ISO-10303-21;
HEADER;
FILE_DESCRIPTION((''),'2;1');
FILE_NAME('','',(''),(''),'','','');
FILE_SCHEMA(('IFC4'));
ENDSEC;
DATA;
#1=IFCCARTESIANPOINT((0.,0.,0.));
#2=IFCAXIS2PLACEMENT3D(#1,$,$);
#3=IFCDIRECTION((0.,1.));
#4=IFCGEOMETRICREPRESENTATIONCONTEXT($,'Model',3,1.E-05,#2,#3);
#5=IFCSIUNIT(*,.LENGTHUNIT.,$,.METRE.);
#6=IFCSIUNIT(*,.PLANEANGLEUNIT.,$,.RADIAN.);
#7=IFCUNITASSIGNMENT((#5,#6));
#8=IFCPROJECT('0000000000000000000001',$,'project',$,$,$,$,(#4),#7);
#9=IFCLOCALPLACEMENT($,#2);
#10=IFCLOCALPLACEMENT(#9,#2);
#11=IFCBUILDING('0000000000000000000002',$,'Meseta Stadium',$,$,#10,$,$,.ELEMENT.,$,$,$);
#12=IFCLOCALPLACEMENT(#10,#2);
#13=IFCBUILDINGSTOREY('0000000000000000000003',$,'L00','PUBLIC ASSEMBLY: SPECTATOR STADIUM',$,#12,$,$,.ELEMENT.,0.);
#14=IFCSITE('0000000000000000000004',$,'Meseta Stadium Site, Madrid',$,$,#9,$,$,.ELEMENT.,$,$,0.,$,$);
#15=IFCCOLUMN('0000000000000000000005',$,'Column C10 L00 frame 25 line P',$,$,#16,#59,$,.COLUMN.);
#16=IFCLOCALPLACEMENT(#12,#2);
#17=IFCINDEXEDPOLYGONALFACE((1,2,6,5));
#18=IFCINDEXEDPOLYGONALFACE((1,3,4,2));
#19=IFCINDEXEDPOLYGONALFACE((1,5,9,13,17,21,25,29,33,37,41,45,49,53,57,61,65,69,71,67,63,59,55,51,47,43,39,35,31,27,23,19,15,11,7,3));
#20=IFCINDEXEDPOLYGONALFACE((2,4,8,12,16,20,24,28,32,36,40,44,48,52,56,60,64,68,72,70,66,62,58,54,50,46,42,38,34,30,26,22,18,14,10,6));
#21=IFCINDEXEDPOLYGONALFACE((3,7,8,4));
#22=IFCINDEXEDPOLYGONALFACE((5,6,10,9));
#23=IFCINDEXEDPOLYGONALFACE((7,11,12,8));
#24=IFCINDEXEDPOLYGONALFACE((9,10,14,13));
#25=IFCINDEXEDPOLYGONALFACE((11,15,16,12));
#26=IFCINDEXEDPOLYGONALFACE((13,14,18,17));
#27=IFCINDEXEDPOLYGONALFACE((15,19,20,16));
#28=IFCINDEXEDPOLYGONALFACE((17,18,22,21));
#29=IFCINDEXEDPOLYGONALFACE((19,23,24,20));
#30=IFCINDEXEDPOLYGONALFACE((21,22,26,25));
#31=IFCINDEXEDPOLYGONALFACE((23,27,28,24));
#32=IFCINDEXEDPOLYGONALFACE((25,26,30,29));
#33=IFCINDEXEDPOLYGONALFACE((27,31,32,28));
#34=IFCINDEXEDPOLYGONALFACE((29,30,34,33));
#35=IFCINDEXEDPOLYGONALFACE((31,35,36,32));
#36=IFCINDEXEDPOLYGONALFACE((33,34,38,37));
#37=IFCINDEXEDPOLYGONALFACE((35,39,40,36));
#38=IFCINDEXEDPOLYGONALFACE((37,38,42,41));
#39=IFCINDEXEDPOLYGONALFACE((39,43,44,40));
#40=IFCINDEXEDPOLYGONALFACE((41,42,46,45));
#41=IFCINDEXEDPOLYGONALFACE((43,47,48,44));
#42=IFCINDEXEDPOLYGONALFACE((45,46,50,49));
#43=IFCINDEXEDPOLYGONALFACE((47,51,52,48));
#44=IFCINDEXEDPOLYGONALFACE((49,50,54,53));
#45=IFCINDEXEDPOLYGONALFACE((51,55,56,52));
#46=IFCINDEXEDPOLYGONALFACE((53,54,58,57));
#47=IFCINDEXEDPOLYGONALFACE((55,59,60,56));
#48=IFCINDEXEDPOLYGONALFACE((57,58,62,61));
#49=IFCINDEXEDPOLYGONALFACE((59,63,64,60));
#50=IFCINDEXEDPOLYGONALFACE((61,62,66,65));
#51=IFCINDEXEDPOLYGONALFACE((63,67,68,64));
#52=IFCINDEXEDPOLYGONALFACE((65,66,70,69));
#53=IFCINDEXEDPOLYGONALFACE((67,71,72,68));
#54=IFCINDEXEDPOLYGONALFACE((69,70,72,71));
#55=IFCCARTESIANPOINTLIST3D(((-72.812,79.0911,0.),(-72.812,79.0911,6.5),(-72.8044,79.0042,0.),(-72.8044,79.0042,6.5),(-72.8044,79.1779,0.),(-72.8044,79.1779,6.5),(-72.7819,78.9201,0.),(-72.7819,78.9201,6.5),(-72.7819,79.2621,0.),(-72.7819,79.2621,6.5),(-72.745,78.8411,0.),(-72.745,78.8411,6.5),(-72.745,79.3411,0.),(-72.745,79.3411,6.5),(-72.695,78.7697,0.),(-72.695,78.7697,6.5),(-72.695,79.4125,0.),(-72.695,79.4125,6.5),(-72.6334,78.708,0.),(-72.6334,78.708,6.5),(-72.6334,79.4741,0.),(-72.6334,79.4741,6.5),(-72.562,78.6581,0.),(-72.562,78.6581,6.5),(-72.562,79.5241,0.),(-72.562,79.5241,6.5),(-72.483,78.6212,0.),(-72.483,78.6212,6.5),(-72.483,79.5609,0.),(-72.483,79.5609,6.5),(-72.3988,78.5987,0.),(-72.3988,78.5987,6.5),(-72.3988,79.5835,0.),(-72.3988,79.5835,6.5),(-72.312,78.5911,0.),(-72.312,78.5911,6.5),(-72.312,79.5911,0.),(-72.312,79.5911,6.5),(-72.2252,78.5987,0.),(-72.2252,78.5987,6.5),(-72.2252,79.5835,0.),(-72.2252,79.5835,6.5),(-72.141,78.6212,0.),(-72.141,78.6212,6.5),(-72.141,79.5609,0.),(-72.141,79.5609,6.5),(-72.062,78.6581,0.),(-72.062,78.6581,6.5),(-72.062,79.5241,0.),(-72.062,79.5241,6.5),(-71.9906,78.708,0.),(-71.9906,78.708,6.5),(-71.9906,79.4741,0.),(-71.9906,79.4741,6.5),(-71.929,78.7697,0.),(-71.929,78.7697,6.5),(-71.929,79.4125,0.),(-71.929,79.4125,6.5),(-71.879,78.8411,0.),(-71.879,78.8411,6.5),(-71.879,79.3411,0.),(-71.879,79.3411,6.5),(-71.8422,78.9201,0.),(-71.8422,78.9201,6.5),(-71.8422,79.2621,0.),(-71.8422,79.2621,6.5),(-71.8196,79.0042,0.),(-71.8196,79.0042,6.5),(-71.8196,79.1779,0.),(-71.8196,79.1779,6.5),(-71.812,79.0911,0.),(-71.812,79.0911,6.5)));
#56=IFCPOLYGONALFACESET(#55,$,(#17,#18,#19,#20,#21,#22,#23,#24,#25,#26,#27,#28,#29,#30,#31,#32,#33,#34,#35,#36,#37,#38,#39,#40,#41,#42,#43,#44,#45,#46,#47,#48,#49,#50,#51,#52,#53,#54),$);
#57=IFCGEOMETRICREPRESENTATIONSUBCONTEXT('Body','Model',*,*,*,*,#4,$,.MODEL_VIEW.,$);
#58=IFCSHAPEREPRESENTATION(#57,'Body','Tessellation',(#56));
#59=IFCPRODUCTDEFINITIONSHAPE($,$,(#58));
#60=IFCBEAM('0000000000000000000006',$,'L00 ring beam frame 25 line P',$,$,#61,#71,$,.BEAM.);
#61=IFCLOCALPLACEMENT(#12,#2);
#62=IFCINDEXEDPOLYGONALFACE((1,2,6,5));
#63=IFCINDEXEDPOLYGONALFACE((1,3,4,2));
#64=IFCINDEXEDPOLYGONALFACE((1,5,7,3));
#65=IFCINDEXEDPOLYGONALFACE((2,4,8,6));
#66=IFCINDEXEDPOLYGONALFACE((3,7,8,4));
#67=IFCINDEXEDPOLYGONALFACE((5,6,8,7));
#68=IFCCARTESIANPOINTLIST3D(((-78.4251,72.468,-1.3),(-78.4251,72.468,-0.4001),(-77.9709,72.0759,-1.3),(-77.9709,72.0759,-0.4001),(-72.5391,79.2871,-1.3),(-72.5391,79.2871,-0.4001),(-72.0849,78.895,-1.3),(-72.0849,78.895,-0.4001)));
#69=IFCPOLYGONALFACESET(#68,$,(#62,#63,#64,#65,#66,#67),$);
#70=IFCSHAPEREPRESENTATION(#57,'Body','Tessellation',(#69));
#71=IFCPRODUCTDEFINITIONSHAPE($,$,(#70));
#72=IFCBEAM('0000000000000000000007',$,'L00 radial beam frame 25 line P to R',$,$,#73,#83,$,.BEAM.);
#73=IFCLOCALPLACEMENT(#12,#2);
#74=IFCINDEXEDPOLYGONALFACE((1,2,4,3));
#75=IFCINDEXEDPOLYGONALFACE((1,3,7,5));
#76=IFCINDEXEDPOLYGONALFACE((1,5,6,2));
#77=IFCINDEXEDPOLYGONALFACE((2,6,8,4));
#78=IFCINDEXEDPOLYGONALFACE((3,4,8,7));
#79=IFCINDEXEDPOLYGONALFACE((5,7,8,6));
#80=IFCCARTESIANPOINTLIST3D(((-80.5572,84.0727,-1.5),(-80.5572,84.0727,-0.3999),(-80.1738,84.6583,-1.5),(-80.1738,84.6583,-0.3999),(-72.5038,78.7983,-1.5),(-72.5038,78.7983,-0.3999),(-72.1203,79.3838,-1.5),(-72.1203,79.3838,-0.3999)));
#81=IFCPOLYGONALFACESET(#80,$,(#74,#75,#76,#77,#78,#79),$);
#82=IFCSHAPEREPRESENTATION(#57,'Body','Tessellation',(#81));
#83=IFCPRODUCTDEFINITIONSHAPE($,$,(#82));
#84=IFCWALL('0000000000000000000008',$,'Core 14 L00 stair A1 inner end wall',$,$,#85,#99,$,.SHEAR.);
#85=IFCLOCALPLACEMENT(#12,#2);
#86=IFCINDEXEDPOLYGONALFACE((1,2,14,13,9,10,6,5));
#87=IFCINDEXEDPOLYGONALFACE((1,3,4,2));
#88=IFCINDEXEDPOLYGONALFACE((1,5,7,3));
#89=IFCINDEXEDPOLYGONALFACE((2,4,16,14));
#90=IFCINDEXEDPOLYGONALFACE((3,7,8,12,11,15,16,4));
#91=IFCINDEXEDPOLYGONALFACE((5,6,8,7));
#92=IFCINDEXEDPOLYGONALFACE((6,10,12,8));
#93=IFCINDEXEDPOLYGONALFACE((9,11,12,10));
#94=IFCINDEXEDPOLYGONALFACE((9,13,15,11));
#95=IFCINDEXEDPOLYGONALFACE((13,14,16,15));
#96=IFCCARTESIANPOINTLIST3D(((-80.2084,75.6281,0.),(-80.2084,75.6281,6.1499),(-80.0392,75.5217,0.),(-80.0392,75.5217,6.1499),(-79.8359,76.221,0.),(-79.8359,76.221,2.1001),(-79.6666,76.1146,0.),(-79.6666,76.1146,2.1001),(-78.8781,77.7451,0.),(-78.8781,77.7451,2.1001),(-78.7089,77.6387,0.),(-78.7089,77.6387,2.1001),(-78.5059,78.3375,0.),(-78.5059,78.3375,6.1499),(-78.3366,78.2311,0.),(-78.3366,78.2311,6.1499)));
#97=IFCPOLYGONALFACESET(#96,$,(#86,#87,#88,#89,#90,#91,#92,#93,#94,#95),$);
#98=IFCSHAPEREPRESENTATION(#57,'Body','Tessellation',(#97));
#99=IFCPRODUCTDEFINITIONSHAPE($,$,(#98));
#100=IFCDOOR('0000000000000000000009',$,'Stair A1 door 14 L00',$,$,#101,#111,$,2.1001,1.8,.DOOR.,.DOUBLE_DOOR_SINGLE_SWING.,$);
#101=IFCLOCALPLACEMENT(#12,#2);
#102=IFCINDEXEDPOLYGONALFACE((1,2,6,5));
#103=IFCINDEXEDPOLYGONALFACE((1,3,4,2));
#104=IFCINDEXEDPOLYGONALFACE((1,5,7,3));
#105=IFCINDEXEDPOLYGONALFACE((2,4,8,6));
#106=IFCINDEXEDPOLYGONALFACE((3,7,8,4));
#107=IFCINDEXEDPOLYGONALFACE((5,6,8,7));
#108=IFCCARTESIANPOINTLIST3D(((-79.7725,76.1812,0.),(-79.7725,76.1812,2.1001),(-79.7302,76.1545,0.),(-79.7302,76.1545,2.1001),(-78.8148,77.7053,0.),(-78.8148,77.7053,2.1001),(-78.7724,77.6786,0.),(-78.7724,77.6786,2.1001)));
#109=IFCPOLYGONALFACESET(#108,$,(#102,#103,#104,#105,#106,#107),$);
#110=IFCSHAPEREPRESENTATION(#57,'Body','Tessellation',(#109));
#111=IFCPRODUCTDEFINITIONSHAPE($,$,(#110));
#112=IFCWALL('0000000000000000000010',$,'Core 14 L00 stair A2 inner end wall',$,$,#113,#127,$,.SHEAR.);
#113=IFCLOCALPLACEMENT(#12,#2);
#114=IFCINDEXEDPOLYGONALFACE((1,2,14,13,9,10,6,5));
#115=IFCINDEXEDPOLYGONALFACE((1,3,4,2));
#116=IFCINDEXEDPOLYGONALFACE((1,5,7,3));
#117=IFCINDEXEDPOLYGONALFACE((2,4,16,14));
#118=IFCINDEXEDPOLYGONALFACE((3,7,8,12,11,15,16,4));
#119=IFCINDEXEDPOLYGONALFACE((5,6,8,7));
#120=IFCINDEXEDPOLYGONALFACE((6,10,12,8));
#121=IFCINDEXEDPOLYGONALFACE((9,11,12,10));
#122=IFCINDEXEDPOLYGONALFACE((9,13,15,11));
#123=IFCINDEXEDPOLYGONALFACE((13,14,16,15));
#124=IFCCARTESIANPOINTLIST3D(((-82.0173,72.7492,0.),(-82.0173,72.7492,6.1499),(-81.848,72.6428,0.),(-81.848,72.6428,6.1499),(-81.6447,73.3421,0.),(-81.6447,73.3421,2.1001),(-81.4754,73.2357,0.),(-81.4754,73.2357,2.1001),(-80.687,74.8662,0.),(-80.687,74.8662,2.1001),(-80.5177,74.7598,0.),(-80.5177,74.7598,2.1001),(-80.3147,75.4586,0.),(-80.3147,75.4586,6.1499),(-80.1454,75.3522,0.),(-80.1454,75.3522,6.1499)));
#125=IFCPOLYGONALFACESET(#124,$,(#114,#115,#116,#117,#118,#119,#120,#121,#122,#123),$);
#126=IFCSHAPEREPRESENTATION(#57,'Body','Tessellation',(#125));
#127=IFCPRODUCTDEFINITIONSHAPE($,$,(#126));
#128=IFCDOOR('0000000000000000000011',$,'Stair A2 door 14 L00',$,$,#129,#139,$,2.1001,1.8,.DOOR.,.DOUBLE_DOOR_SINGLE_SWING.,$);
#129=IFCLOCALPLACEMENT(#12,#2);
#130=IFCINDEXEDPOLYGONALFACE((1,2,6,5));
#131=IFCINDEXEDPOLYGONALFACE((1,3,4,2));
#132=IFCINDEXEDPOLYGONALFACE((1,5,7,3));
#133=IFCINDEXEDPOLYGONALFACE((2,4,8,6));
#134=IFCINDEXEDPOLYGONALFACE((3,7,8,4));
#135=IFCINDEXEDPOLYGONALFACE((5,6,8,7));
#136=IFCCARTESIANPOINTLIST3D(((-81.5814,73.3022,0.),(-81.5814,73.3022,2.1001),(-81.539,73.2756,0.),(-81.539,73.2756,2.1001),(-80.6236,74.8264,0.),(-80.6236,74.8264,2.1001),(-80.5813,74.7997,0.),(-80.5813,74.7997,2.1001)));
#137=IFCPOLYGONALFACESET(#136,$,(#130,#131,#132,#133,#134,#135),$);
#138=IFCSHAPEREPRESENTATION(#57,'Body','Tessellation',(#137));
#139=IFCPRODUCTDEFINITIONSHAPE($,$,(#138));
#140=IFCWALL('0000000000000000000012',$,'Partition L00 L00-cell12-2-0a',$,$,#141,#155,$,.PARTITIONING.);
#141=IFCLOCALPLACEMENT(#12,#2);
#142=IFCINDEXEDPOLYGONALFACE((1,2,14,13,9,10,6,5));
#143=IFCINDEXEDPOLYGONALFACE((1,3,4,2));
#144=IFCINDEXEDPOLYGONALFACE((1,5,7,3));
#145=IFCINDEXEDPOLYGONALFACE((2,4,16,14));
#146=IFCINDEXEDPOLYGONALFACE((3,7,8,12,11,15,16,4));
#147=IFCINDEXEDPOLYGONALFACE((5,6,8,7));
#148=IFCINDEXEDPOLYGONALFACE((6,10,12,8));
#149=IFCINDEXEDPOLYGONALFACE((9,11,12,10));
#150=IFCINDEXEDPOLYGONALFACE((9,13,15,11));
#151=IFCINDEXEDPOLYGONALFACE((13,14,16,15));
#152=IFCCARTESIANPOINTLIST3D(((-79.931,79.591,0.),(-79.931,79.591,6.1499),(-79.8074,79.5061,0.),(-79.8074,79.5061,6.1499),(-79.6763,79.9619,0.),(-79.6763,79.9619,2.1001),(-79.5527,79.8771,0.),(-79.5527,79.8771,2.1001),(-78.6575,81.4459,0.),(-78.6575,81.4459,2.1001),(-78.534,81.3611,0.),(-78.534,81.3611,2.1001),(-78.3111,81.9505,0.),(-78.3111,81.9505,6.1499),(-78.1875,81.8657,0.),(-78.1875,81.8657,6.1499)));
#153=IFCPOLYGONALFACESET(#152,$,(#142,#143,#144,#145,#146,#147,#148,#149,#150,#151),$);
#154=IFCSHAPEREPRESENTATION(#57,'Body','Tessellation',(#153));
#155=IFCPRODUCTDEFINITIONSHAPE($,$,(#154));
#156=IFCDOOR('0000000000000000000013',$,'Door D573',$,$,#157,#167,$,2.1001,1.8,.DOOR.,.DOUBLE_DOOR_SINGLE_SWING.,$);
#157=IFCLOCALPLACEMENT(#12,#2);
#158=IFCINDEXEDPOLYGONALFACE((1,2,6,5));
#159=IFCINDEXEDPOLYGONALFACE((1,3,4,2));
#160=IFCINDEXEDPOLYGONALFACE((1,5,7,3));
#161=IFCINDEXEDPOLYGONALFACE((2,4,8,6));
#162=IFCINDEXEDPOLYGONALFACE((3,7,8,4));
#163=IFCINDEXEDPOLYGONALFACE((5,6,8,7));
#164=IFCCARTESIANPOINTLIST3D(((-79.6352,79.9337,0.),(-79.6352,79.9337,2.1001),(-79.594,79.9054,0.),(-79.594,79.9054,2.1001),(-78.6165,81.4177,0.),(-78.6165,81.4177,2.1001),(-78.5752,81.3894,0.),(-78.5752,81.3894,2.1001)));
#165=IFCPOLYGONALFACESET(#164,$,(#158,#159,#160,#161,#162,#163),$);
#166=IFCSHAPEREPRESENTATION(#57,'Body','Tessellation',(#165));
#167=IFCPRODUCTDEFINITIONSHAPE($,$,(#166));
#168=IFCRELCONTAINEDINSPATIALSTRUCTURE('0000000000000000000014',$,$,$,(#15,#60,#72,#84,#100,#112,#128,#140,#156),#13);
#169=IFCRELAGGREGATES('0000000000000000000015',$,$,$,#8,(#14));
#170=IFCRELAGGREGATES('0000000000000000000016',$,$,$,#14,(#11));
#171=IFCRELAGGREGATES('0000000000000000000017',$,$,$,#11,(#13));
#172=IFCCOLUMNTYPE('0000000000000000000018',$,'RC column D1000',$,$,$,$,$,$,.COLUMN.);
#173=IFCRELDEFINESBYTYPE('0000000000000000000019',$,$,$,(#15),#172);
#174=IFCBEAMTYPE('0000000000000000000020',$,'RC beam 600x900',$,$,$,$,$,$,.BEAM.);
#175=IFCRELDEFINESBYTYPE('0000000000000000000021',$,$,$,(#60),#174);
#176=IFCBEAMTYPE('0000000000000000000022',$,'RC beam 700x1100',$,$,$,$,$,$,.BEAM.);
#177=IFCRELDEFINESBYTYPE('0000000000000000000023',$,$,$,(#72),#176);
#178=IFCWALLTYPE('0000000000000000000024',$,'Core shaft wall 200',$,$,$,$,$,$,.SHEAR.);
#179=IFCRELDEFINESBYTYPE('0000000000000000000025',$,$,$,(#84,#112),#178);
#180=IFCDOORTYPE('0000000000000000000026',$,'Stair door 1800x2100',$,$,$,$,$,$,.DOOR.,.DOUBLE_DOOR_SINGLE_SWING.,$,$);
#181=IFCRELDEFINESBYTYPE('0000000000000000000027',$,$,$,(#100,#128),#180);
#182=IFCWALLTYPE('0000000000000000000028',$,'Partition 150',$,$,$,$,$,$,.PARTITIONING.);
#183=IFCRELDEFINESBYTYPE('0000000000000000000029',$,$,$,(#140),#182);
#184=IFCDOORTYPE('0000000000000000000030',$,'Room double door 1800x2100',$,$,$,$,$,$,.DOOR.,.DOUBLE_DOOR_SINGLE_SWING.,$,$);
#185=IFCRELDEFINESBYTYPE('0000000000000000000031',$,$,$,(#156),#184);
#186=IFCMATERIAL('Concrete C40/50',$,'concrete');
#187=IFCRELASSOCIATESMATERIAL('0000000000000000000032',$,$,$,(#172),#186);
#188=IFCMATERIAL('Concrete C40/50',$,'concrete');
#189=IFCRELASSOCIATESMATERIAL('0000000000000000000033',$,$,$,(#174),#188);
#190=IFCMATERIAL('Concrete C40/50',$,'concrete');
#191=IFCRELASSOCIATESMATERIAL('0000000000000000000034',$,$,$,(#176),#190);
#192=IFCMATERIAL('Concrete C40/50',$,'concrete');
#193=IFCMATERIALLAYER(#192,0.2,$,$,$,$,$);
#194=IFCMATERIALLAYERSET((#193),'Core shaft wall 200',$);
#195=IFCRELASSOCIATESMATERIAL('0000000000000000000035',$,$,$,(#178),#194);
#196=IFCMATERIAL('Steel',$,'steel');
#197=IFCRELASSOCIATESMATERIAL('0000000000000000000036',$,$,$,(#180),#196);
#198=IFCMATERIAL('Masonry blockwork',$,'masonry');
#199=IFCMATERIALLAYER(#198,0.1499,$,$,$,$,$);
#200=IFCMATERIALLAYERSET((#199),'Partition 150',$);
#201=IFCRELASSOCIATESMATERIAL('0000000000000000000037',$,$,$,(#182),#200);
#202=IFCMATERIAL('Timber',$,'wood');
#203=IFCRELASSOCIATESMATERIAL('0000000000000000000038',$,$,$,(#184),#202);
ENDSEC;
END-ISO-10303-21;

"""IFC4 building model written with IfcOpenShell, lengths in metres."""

from ifc_helpers import new_model, si_unit, direction, frame, frame_2d, origin, origin_2d, place, context, subcontext, project, spatial, rectangle, circle, extrude, material, layer, layer_set, material_profile, profile_set, type_object, element, fill, save


model = new_model("IFC4")

# Units and contexts
model_context = context("Model", 3, precision=1e-05, world=origin(), true_north=direction((0.0, 1.0)))
body_context = subcontext(model_context, "Body", "Model", "MODEL_VIEW")
ifc_project = project(units=[si_unit("LENGTHUNIT", "METRE"), si_unit("PLANEANGLEUNIT", "RADIAN")], contexts=[model_context])

# Site, building, storey
site_placement = place(None, origin())
site = spatial("IfcSite", under=ifc_project, at=site_placement, Name="Meseta Stadium Site, Madrid", CompositionType="ELEMENT", RefElevation=0.0)
building_placement = place(site_placement, origin())
building = spatial("IfcBuilding", under=site, at=building_placement, Name="Meseta Stadium", CompositionType="ELEMENT")
storey_placement = place(building_placement, origin())
storey = spatial("IfcBuildingStorey", under=building, at=storey_placement, Name="L00", Description="PUBLIC ASSEMBLY: SPECTATOR STADIUM", CompositionType="ELEMENT", Elevation=0.0)

# Column
ifc_material_1 = material(Name="Concrete C40/50", Category="concrete")
ifc_material_profile_1 = material_profile(ifc_material_1, circle(Radius=0.5, at=origin_2d()), Name="RC D1000")
ifc_profile_set_1 = profile_set([ifc_material_profile_1], Name="Concrete C40/50")
column_type = type_object("IfcColumnType", Name="RC column D1000", PredefinedType="COLUMN", material=ifc_profile_set_1)
column_placement = place(storey_placement, frame((-72.312, 79.0911, 0.0), z_axis=(0.0, 0.0, 1.0), x_axis=(1.0, 0.0, 0.0)))
element("IfcColumn", 1, at=column_placement, inside=storey, type_object=column_type, Name="Column C10 L00 frame 25 line P", PredefinedType="COLUMN", context=body_context, shape_type="SweptSolid", body=[
    extrude(circle(Radius=0.5, at=origin_2d()), origin(), (0.0, 0.0, 1.0), 6.5),
])

# Beams
ifc_material_2 = material(Name="Concrete C40/50", Category="concrete")
ifc_material_profile_2 = material_profile(ifc_material_2, rectangle(XDim=0.6001, YDim=0.8999, at=origin_2d()), Name="RC 600x900")
ifc_profile_set_2 = profile_set([ifc_material_profile_2], Name="Concrete C40/50")
beam_type_1 = type_object("IfcBeamType", Name="RC beam 600x900", PredefinedType="BEAM", material=ifc_profile_set_2)
beam_1_placement = place(storey_placement, frame((-72.312, 79.0911, -0.8501), z_axis=(-0.653415, -0.757, 0.0), x_axis=(0.757, -0.653415, 0.0)))
element("IfcBeam", 2, at=beam_1_placement, inside=storey, type_object=beam_type_1, Name="L00 ring beam frame 25 line P", PredefinedType="BEAM", context=body_context, shape_type="SweptSolid", body=[
    extrude(rectangle(XDim=0.6001, YDim=0.8999, at=origin_2d()), origin(), (0.0, 0.0, 1.0), 9.0081),
])
ifc_material_3 = material(Name="Concrete C40/50", Category="concrete")
ifc_material_profile_3 = material_profile(ifc_material_3, rectangle(XDim=0.7, YDim=1.1001, at=origin_2d()), Name="RC 700x1100")
ifc_profile_set_3 = profile_set([ifc_material_profile_3], Name="Concrete C40/50")
beam_type_2 = type_object("IfcBeamType", Name="RC beam 700x1100", PredefinedType="BEAM", material=ifc_profile_set_3)
beam_2_placement = place(storey_placement, frame((-72.312, 79.0911, -0.95), z_axis=(-0.836556, 0.547881, 0.0), x_axis=(-0.547881, -0.836556, 0.0)))
element("IfcBeam", 3, at=beam_2_placement, inside=storey, type_object=beam_type_2, Name="L00 radial beam frame 25 line P to R", PredefinedType="BEAM", context=body_context, shape_type="SweptSolid", body=[
    extrude(rectangle(XDim=0.7, YDim=1.1001, at=origin_2d()), origin(), (0.0, 0.0, 1.0), 9.627),
])

# Walls, openings, doors
ifc_material_4 = material(Name="Concrete C40/50", Category="concrete")
ifc_layer_1 = layer(ifc_material_4, 0.2)
ifc_layer_set_1 = layer_set([ifc_layer_1], Name="Core shaft wall 200")
wall_type_1 = type_object("IfcWallType", Name="Core shaft wall 200", PredefinedType="SHEAR", material=ifc_layer_set_1)
wall_1_placement = place(storey_placement, frame((-78.4211, 78.2844, 0.0), z_axis=(0.0, 0.0, 1.0), x_axis=(-0.532068, -0.846701, 0.0)))
wall_1 = element("IfcWall", 4, at=wall_1_placement, inside=storey, type_object=wall_type_1, Name="Core 14 L00 stair A1 inner end wall", PredefinedType="SHEAR", context=body_context, shape_type="SweptSolid", body=[
    extrude(rectangle(XDim=3.2, YDim=0.2, at=frame_2d((1.6001, 0.0))), origin(), (0.0, 0.0, 1.0), 6.1499),
])
opening_1_placement = place(wall_1_placement, frame((0.7, 0.0, 0.0)))
opening_1 = element("IfcOpeningElement", 5, at=opening_1_placement, cuts=wall_1, PredefinedType="OPENING", context=body_context, shape_type="SweptSolid", body=[
    extrude(rectangle(XDim=1.8, YDim=2.1001, at=frame_2d((0.8999, 1.05))), frame((0.0, 0.1099, 0.0), z_axis=(0.0, -1.0, 0.0), x_axis=(1.0, 0.0, 0.0)), (0.0, 0.0, 1.0), 0.22),
])
ifc_material_5 = material(Name="Steel", Category="steel")
door_type_1 = type_object("IfcDoorType", Name="Stair door 1800x2100", OperationType="DOUBLE_DOOR_SINGLE_SWING", PredefinedType="DOOR", material=ifc_material_5)
door_1_placement = place(opening_1_placement, origin())
door_1 = element("IfcDoor", 6, at=door_1_placement, inside=storey, type_object=door_type_1, Name="Stair A1 door 14 L00", OperationType="DOUBLE_DOOR_SINGLE_SWING", OverallHeight=2.1001, OverallWidth=1.8, PredefinedType="DOOR", context=body_context, shape_type="SweptSolid", body=[
    extrude(rectangle(XDim=1.8, YDim=2.1001, at=frame_2d((0.8999, 1.05))), frame((0.0, 0.0249, 0.0), z_axis=(0.0, -1.0, 0.0), x_axis=(1.0, 0.0, 0.0)), (0.0, 0.0, 1.0), 0.05),
])
fill(opening_1, door_1)
wall_2_placement = place(storey_placement, frame((-80.23, 75.4055, 0.0), z_axis=(0.0, 0.0, 1.0), x_axis=(-0.532068, -0.846701, 0.0)))
wall_2 = element("IfcWall", 7, at=wall_2_placement, inside=storey, type_object=wall_type_1, Name="Core 14 L00 stair A2 inner end wall", PredefinedType="SHEAR", context=body_context, shape_type="SweptSolid", body=[
    extrude(rectangle(XDim=3.2, YDim=0.2, at=frame_2d((1.6001, 0.0))), origin(), (0.0, 0.0, 1.0), 6.1499),
])
opening_2_placement = place(wall_2_placement, frame((0.7, 0.0, 0.0)))
opening_2 = element("IfcOpeningElement", 8, at=opening_2_placement, cuts=wall_2, PredefinedType="OPENING", context=body_context, shape_type="SweptSolid", body=[
    extrude(rectangle(XDim=1.8, YDim=2.1001, at=frame_2d((0.8999, 1.05))), frame((0.0, 0.1099, 0.0), z_axis=(0.0, -1.0, 0.0), x_axis=(1.0, 0.0, 0.0)), (0.0, 0.0, 1.0), 0.22),
])
door_2_placement = place(opening_2_placement, origin())
door_2 = element("IfcDoor", 9, at=door_2_placement, inside=storey, type_object=door_type_1, Name="Stair A2 door 14 L00", OperationType="DOUBLE_DOOR_SINGLE_SWING", OverallHeight=2.1001, OverallWidth=1.8, PredefinedType="DOOR", context=body_context, shape_type="SweptSolid", body=[
    extrude(rectangle(XDim=1.8, YDim=2.1001, at=frame_2d((0.8999, 1.05))), frame((0.0, 0.0249, 0.0), z_axis=(0.0, -1.0, 0.0), x_axis=(1.0, 0.0, 0.0)), (0.0, 0.0, 1.0), 0.05),
])
fill(opening_2, door_2)
ifc_material_6 = material(Name="Masonry blockwork", Category="masonry")
ifc_layer_2 = layer(ifc_material_6, 0.1499)
ifc_layer_set_2 = layer_set([ifc_layer_2], Name="Partition 150")
wall_type_2 = type_object("IfcWallType", Name="Partition 150", PredefinedType="PARTITIONING", material=ifc_layer_set_2)
wall_3_placement = place(storey_placement, frame((-78.2493, 81.9082, 0.0), z_axis=(0.0, 0.0, 1.0), x_axis=(-0.565968, -0.824428, 0.0)))
wall_3 = element("IfcWall", 10, at=wall_3_placement, inside=storey, type_object=wall_type_2, Name="Partition L00 L00-cell12-2-0a", PredefinedType="PARTITIONING", context=body_context, shape_type="SweptSolid", body=[
    extrude(rectangle(XDim=2.8621, YDim=0.1499, at=frame_2d((1.4312, 0.0))), origin(), (0.0, 0.0, 1.0), 6.1499),
])
opening_3_placement = place(wall_3_placement, frame((0.6123, 0.0, 0.0)))
opening_3 = element("IfcOpeningElement", 11, at=opening_3_placement, cuts=wall_3, PredefinedType="OPENING", context=body_context, shape_type="SweptSolid", body=[
    extrude(rectangle(XDim=1.8, YDim=2.1001, at=frame_2d((0.8999, 1.05))), frame((0.0, 0.085, 0.0), z_axis=(0.0, -1.0, 0.0), x_axis=(1.0, 0.0, 0.0)), (0.0, 0.0, 1.0), 0.1699),
])
ifc_material_7 = material(Name="Timber", Category="wood")
door_type_2 = type_object("IfcDoorType", Name="Room double door 1800x2100", OperationType="DOUBLE_DOOR_SINGLE_SWING", PredefinedType="DOOR", material=ifc_material_7)
door_3_placement = place(opening_3_placement, origin())
door_3 = element("IfcDoor", 12, at=door_3_placement, inside=storey, type_object=door_type_2, Name="Door D573", OperationType="DOUBLE_DOOR_SINGLE_SWING", OverallHeight=2.1001, OverallWidth=1.8, PredefinedType="DOOR", context=body_context, shape_type="SweptSolid", body=[
    extrude(rectangle(XDim=1.8, YDim=2.1001, at=frame_2d((0.8999, 1.05))), frame((0.0, 0.0249, 0.0), z_axis=(0.0, -1.0, 0.0), x_axis=(1.0, 0.0, 0.0)), (0.0, 0.0, 1.0), 0.05),
])
fill(opening_3, door_3)

save(model, "model.ifc")
